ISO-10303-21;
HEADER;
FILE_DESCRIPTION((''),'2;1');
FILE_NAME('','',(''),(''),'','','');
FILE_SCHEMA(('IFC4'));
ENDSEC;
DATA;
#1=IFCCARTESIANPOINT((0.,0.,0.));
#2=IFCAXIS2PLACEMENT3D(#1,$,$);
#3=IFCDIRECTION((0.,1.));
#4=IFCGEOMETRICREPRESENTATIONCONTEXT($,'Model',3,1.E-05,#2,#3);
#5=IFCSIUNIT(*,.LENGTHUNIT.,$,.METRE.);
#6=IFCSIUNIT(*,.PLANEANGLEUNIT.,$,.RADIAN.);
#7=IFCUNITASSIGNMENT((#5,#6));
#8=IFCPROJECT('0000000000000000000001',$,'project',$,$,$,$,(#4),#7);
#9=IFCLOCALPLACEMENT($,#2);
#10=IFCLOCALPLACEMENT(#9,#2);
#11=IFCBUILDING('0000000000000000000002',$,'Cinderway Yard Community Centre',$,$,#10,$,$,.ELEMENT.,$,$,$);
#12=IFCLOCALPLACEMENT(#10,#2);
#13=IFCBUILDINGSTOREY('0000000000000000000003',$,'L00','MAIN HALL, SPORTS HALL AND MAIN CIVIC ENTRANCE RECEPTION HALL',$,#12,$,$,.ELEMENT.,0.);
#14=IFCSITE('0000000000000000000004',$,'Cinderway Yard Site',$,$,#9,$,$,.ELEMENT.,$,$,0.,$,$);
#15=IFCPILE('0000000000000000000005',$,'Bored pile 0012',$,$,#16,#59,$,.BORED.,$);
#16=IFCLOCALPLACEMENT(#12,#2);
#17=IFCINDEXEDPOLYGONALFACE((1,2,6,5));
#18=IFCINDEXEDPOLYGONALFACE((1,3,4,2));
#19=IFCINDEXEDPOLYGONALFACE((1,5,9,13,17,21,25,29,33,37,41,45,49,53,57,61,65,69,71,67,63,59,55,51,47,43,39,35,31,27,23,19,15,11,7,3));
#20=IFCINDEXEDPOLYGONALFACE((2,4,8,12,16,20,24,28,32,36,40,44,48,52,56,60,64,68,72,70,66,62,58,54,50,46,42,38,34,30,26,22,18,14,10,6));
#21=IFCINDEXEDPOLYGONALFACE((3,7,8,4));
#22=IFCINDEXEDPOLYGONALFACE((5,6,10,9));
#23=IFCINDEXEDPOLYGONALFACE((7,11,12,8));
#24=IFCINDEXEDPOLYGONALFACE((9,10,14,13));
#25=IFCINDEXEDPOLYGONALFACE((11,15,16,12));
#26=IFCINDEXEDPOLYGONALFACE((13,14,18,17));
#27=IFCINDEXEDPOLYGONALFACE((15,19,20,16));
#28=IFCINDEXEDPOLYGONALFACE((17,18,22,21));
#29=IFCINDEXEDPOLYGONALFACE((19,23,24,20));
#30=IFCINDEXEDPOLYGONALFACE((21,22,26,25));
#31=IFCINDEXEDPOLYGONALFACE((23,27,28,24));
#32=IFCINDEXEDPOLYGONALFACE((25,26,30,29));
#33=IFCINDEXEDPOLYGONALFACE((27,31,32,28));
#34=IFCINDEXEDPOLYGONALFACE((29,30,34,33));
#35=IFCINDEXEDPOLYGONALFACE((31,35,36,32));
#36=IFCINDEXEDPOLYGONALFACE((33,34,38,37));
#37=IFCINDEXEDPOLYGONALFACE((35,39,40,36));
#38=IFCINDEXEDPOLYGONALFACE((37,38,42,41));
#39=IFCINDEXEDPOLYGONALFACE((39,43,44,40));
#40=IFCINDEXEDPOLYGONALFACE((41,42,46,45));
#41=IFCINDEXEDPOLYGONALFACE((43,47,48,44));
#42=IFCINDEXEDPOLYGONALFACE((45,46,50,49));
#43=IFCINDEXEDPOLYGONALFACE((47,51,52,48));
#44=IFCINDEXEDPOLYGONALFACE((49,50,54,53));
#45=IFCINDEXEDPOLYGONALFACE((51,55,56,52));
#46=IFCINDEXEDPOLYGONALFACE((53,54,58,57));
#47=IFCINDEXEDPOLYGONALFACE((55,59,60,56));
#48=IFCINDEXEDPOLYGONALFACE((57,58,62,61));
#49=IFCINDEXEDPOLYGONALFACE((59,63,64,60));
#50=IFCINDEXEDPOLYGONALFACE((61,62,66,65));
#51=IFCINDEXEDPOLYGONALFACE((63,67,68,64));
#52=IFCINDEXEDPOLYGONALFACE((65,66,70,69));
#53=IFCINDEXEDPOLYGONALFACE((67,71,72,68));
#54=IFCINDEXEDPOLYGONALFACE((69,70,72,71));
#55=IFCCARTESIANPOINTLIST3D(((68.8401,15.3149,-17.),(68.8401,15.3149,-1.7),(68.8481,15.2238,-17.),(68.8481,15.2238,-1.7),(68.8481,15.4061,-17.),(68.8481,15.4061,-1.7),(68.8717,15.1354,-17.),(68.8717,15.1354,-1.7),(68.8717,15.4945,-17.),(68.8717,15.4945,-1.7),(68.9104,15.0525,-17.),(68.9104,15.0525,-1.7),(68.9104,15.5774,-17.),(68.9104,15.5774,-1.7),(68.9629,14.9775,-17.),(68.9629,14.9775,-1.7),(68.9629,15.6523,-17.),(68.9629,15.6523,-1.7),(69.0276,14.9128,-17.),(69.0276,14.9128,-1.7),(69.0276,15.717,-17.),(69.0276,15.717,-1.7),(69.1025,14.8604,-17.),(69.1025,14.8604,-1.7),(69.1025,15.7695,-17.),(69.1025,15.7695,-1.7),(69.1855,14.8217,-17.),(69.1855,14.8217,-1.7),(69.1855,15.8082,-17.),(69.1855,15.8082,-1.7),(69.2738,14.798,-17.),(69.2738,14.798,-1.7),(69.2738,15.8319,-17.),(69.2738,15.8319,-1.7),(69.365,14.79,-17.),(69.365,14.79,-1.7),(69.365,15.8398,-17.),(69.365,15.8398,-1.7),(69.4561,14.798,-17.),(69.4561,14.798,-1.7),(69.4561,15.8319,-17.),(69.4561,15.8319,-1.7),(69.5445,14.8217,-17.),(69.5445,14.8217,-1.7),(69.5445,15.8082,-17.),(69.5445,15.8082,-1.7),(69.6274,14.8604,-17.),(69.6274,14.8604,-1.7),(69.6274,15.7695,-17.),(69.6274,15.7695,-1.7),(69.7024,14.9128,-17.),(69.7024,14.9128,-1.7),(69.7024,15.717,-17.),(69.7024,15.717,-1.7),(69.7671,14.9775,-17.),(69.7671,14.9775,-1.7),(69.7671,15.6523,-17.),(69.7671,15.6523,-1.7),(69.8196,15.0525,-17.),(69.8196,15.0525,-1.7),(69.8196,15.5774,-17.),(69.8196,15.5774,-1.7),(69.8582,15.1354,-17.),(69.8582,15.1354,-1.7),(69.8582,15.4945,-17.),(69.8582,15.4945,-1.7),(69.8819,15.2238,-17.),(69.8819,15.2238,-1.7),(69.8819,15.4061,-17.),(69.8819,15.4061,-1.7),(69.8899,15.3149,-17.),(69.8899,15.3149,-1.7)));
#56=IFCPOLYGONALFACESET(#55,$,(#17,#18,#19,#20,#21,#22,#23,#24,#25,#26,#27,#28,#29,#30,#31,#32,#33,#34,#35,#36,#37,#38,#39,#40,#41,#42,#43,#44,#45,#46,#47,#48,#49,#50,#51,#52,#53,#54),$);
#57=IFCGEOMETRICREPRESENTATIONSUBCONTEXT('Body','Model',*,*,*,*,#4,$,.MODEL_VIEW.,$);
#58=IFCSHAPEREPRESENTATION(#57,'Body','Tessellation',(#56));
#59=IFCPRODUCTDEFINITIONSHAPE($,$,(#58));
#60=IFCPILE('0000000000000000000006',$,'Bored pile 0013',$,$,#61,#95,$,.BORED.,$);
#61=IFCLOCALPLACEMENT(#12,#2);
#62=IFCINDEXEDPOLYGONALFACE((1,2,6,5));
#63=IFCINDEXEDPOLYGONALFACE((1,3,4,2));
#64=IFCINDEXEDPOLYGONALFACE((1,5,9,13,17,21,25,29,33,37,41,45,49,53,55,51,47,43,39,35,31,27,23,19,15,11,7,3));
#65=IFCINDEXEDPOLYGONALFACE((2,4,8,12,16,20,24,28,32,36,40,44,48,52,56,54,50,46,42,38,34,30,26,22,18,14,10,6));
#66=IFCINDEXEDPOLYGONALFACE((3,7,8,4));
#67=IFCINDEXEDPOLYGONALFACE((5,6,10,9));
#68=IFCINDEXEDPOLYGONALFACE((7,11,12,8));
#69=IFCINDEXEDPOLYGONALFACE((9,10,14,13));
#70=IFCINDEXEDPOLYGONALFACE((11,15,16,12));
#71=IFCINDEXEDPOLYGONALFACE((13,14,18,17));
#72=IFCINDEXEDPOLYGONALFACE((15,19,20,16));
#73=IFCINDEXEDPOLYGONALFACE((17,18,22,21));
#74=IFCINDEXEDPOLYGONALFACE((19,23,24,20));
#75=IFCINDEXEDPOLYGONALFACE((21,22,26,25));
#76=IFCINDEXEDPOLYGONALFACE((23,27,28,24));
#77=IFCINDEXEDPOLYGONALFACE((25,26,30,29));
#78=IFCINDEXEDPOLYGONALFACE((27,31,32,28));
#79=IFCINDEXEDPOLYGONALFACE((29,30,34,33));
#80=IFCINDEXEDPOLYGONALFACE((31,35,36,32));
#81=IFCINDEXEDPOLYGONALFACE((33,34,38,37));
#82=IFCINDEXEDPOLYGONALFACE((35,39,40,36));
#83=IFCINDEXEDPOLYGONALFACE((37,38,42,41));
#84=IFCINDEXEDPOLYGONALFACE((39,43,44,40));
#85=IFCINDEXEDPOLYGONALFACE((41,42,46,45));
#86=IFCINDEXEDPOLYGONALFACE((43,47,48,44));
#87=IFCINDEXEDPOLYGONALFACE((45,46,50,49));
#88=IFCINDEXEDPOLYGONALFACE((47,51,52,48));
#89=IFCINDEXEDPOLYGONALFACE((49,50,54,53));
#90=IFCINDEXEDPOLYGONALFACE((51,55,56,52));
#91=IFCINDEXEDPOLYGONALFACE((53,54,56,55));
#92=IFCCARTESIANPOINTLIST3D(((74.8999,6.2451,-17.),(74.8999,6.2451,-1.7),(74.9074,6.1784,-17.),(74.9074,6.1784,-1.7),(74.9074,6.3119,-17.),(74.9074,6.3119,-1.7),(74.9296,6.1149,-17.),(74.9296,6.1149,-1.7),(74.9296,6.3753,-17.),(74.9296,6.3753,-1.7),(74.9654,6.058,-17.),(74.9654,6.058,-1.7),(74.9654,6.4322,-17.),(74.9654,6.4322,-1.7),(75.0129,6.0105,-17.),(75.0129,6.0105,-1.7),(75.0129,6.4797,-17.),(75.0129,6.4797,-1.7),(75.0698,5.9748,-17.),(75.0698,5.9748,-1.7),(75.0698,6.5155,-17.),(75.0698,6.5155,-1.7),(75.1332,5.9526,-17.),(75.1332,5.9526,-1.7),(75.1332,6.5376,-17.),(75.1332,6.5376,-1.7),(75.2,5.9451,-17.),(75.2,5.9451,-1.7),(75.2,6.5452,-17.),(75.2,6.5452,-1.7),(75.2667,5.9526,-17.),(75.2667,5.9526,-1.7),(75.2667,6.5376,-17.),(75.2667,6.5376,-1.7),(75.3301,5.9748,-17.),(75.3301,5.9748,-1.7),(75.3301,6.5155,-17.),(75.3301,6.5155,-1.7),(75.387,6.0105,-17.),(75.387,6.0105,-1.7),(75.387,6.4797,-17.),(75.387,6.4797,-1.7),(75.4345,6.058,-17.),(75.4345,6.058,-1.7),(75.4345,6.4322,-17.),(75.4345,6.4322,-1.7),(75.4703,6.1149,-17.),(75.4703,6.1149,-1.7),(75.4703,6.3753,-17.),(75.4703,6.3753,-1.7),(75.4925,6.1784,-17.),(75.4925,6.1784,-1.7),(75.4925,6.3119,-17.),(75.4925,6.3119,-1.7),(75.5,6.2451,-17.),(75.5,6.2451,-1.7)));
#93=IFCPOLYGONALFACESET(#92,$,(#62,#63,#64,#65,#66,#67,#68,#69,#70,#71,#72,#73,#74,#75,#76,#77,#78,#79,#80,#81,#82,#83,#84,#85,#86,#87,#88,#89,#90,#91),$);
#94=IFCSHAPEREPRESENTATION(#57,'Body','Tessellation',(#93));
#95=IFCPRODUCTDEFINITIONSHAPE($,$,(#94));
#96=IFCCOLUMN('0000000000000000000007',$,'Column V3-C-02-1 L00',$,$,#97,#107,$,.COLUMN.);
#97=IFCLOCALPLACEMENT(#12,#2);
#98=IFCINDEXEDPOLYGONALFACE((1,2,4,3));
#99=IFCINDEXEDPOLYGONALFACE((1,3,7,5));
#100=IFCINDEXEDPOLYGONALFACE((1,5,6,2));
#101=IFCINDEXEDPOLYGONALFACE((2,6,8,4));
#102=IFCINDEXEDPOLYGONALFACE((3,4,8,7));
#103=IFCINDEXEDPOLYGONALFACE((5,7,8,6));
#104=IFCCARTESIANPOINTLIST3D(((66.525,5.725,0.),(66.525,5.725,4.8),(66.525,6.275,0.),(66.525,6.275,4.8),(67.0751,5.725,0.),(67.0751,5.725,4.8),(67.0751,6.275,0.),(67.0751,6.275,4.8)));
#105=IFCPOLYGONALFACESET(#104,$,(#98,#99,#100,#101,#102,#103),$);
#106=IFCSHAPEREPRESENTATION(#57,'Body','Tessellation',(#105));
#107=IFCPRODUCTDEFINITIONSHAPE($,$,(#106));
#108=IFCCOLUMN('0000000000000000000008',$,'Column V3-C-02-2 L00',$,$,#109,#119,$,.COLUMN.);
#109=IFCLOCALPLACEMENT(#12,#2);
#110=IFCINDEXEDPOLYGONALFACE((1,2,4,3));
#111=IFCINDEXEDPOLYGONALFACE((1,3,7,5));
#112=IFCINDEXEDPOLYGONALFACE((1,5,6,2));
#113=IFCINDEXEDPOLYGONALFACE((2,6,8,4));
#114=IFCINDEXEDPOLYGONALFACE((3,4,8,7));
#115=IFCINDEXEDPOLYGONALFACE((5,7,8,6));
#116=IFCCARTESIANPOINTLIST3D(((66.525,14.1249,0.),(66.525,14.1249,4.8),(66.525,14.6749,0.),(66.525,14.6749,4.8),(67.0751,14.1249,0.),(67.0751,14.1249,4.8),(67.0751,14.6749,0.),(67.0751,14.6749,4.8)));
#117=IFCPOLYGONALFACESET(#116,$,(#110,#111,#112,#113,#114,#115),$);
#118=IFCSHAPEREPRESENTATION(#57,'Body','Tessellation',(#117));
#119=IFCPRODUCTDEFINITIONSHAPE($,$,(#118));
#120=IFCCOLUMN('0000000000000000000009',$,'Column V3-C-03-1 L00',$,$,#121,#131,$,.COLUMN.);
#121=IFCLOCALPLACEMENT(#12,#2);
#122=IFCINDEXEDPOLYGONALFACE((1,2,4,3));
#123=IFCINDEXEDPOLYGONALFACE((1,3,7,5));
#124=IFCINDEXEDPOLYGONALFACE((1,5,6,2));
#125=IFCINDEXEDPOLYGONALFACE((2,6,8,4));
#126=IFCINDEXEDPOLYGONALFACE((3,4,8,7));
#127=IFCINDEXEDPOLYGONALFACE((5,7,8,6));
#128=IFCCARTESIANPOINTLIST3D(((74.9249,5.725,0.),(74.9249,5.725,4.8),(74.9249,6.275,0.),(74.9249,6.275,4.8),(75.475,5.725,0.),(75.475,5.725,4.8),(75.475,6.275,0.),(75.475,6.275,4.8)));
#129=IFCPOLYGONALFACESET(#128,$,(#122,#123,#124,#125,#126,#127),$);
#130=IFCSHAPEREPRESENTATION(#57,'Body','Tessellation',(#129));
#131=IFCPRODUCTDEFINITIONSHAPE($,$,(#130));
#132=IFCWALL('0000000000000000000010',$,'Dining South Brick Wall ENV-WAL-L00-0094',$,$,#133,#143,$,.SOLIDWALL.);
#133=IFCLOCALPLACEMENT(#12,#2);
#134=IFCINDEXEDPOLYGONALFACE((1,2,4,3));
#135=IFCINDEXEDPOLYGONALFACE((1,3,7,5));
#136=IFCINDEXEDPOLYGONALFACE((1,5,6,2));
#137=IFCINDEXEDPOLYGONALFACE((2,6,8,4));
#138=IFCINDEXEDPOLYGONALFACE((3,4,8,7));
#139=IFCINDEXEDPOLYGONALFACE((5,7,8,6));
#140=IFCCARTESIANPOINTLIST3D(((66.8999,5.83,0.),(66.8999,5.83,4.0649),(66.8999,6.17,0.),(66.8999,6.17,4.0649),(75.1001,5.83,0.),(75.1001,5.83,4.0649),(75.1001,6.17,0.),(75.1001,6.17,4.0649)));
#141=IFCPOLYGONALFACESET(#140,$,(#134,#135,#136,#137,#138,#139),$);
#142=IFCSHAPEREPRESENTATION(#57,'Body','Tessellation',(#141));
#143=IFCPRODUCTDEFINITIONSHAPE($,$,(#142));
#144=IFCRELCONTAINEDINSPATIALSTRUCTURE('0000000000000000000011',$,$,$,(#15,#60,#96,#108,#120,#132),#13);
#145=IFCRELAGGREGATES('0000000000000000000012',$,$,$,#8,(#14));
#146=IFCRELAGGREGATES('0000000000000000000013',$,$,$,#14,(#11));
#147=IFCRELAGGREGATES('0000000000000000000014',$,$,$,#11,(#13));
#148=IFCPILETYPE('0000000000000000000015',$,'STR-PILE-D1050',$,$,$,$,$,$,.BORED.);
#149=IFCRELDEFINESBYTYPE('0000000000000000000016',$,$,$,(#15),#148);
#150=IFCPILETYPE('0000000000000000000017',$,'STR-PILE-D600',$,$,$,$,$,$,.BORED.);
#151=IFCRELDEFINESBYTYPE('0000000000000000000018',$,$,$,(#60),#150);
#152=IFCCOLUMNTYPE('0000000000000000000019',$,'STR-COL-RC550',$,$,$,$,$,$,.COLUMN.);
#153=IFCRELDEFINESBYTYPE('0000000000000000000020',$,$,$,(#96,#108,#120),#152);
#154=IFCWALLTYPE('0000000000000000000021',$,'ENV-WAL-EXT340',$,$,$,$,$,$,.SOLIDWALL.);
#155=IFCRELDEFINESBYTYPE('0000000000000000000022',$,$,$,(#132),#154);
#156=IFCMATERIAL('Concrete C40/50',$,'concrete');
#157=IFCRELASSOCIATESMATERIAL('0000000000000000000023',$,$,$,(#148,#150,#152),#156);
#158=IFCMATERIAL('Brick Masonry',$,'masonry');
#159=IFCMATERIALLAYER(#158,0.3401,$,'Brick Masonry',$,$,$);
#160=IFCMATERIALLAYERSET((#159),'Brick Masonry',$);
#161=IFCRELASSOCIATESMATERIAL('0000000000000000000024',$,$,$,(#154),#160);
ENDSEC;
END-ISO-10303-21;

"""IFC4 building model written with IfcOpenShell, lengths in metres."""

from ifc_helpers import new_model, si_unit, direction, frame, frame_2d, origin, origin_2d, place, context, subcontext, project, spatial, rectangle, circle, extrude, material, layer, layer_set, material_profile, profile_set, type_object, element, save


model = new_model("IFC4")

# Units and contexts
model_context = context("Model", 3, precision=1e-05, world=origin(), true_north=direction((0.0, 1.0)))
body_context = subcontext(model_context, "Body", "Model", "MODEL_VIEW")
ifc_project = project(units=[si_unit("LENGTHUNIT", "METRE"), si_unit("PLANEANGLEUNIT", "RADIAN")], contexts=[model_context])

# Site, building, storey
site_placement = place(None, origin())
site = spatial("IfcSite", under=ifc_project, at=site_placement, Name="Cinderway Yard Site", CompositionType="ELEMENT", RefElevation=0.0)
building_placement = place(site_placement, origin())
building = spatial("IfcBuilding", under=site, at=building_placement, Name="Cinderway Yard Community Centre", CompositionType="ELEMENT")
storey_placement = place(building_placement, origin())
storey = spatial("IfcBuildingStorey", under=building, at=storey_placement, Name="L00", Description="MAIN HALL, SPORTS HALL AND MAIN CIVIC ENTRANCE RECEPTION HALL", CompositionType="ELEMENT", Elevation=0.0)

# Shared definitions
ifc_material_1 = material(Name="Concrete C40/50", Category="concrete")

# Piles
ifc_material_profile_1 = material_profile(ifc_material_1, circle(Radius=0.5249, at=origin_2d()), Name="Concrete C40/50")
ifc_profile_set_1 = profile_set([ifc_material_profile_1], Name="Concrete C40/50")
pile_type_1 = type_object("IfcPileType", Name="STR-PILE-D1050", PredefinedType="BORED", material=ifc_profile_set_1)
for number, where, z_axis, x_axis, name in (
    (1, (69.365, 15.3149, -1.7), (0.0, 0.0, -1.0), (1.0, 0.0, 0.0), "Bored pile 0012"),
):
    element("IfcPile", number, at=place(storey_placement, frame(where, z_axis=z_axis, x_axis=x_axis)), inside=storey, type_object=pile_type_1, Name=name, PredefinedType="BORED", context=body_context, shape_type="SweptSolid", body=[
        extrude(circle(Radius=0.5249, at=origin_2d()), origin(), (0.0, 0.0, 1.0), 15.3),
    ])
ifc_material_profile_2 = material_profile(ifc_material_1, circle(Radius=0.3, at=origin_2d()), Name="Concrete C40/50")
ifc_profile_set_2 = profile_set([ifc_material_profile_2], Name="Concrete C40/50")
pile_type_2 = type_object("IfcPileType", Name="STR-PILE-D600", PredefinedType="BORED", material=ifc_profile_set_2)
pile_placement = place(storey_placement, frame((75.2, 6.2451, -1.7), z_axis=(0.0, 0.0, -1.0), x_axis=(1.0, 0.0, 0.0)))
element("IfcPile", 2, at=pile_placement, inside=storey, type_object=pile_type_2, Name="Bored pile 0013", PredefinedType="BORED", context=body_context, shape_type="SweptSolid", body=[
    extrude(circle(Radius=0.3, at=origin_2d()), origin(), (0.0, 0.0, 1.0), 15.3),
])

# Columns
ifc_material_profile_3 = material_profile(ifc_material_1, rectangle(XDim=0.55, YDim=0.55, at=origin_2d()), Name="Concrete C40/50")
ifc_profile_set_3 = profile_set([ifc_material_profile_3], Name="Concrete C40/50")
column_type = type_object("IfcColumnType", Name="STR-COL-RC550", PredefinedType="COLUMN", material=ifc_profile_set_3)
for number, where, z_axis, x_axis, name in (
    (3, (66.8, 6.0, 0.0), (0.0, 0.0, 1.0), (1.0, 0.0, 0.0), "Column V3-C-02-1 L00"),
    (4, (66.8, 14.3999, 0.0), (0.0, 0.0, 1.0), (1.0, 0.0, 0.0), "Column V3-C-02-2 L00"),
    (5, (75.2, 6.0, 0.0), (0.0, 0.0, 1.0), (1.0, 0.0, 0.0), "Column V3-C-03-1 L00"),
):
    element("IfcColumn", number, at=place(storey_placement, frame(where, z_axis=z_axis, x_axis=x_axis)), inside=storey, type_object=column_type, Name=name, PredefinedType="COLUMN", context=body_context, shape_type="SweptSolid", body=[
        extrude(rectangle(XDim=0.55, YDim=0.55, at=origin_2d()), origin(), (0.0, 0.0, 1.0), 4.8),
    ])

# Wall
ifc_material_2 = material(Name="Brick Masonry", Category="masonry")
ifc_layer_1 = layer(ifc_material_2, 0.3401, Name="Brick Masonry")
ifc_layer_set_1 = layer_set([ifc_layer_1], Name="Brick Masonry")
wall_type_1 = type_object("IfcWallType", Name="ENV-WAL-EXT340", PredefinedType="SOLIDWALL", material=ifc_layer_set_1)
wall_1_placement = place(storey_placement, frame((66.8999, 6.0, 0.0), z_axis=(0.0, 0.0, 1.0), x_axis=(1.0, 0.0, 0.0)))
element("IfcWall", 6, at=wall_1_placement, inside=storey, type_object=wall_type_1, Name="Dining South Brick Wall ENV-WAL-L00-0094", PredefinedType="SOLIDWALL", context=body_context, shape_type="SweptSolid", body=[
    extrude(rectangle(XDim=8.2002, YDim=0.3401, at=frame_2d((4.1001, 0.0))), origin(), (0.0, 0.0, 1.0), 4.0649),
])

save(model, "model.ifc")
